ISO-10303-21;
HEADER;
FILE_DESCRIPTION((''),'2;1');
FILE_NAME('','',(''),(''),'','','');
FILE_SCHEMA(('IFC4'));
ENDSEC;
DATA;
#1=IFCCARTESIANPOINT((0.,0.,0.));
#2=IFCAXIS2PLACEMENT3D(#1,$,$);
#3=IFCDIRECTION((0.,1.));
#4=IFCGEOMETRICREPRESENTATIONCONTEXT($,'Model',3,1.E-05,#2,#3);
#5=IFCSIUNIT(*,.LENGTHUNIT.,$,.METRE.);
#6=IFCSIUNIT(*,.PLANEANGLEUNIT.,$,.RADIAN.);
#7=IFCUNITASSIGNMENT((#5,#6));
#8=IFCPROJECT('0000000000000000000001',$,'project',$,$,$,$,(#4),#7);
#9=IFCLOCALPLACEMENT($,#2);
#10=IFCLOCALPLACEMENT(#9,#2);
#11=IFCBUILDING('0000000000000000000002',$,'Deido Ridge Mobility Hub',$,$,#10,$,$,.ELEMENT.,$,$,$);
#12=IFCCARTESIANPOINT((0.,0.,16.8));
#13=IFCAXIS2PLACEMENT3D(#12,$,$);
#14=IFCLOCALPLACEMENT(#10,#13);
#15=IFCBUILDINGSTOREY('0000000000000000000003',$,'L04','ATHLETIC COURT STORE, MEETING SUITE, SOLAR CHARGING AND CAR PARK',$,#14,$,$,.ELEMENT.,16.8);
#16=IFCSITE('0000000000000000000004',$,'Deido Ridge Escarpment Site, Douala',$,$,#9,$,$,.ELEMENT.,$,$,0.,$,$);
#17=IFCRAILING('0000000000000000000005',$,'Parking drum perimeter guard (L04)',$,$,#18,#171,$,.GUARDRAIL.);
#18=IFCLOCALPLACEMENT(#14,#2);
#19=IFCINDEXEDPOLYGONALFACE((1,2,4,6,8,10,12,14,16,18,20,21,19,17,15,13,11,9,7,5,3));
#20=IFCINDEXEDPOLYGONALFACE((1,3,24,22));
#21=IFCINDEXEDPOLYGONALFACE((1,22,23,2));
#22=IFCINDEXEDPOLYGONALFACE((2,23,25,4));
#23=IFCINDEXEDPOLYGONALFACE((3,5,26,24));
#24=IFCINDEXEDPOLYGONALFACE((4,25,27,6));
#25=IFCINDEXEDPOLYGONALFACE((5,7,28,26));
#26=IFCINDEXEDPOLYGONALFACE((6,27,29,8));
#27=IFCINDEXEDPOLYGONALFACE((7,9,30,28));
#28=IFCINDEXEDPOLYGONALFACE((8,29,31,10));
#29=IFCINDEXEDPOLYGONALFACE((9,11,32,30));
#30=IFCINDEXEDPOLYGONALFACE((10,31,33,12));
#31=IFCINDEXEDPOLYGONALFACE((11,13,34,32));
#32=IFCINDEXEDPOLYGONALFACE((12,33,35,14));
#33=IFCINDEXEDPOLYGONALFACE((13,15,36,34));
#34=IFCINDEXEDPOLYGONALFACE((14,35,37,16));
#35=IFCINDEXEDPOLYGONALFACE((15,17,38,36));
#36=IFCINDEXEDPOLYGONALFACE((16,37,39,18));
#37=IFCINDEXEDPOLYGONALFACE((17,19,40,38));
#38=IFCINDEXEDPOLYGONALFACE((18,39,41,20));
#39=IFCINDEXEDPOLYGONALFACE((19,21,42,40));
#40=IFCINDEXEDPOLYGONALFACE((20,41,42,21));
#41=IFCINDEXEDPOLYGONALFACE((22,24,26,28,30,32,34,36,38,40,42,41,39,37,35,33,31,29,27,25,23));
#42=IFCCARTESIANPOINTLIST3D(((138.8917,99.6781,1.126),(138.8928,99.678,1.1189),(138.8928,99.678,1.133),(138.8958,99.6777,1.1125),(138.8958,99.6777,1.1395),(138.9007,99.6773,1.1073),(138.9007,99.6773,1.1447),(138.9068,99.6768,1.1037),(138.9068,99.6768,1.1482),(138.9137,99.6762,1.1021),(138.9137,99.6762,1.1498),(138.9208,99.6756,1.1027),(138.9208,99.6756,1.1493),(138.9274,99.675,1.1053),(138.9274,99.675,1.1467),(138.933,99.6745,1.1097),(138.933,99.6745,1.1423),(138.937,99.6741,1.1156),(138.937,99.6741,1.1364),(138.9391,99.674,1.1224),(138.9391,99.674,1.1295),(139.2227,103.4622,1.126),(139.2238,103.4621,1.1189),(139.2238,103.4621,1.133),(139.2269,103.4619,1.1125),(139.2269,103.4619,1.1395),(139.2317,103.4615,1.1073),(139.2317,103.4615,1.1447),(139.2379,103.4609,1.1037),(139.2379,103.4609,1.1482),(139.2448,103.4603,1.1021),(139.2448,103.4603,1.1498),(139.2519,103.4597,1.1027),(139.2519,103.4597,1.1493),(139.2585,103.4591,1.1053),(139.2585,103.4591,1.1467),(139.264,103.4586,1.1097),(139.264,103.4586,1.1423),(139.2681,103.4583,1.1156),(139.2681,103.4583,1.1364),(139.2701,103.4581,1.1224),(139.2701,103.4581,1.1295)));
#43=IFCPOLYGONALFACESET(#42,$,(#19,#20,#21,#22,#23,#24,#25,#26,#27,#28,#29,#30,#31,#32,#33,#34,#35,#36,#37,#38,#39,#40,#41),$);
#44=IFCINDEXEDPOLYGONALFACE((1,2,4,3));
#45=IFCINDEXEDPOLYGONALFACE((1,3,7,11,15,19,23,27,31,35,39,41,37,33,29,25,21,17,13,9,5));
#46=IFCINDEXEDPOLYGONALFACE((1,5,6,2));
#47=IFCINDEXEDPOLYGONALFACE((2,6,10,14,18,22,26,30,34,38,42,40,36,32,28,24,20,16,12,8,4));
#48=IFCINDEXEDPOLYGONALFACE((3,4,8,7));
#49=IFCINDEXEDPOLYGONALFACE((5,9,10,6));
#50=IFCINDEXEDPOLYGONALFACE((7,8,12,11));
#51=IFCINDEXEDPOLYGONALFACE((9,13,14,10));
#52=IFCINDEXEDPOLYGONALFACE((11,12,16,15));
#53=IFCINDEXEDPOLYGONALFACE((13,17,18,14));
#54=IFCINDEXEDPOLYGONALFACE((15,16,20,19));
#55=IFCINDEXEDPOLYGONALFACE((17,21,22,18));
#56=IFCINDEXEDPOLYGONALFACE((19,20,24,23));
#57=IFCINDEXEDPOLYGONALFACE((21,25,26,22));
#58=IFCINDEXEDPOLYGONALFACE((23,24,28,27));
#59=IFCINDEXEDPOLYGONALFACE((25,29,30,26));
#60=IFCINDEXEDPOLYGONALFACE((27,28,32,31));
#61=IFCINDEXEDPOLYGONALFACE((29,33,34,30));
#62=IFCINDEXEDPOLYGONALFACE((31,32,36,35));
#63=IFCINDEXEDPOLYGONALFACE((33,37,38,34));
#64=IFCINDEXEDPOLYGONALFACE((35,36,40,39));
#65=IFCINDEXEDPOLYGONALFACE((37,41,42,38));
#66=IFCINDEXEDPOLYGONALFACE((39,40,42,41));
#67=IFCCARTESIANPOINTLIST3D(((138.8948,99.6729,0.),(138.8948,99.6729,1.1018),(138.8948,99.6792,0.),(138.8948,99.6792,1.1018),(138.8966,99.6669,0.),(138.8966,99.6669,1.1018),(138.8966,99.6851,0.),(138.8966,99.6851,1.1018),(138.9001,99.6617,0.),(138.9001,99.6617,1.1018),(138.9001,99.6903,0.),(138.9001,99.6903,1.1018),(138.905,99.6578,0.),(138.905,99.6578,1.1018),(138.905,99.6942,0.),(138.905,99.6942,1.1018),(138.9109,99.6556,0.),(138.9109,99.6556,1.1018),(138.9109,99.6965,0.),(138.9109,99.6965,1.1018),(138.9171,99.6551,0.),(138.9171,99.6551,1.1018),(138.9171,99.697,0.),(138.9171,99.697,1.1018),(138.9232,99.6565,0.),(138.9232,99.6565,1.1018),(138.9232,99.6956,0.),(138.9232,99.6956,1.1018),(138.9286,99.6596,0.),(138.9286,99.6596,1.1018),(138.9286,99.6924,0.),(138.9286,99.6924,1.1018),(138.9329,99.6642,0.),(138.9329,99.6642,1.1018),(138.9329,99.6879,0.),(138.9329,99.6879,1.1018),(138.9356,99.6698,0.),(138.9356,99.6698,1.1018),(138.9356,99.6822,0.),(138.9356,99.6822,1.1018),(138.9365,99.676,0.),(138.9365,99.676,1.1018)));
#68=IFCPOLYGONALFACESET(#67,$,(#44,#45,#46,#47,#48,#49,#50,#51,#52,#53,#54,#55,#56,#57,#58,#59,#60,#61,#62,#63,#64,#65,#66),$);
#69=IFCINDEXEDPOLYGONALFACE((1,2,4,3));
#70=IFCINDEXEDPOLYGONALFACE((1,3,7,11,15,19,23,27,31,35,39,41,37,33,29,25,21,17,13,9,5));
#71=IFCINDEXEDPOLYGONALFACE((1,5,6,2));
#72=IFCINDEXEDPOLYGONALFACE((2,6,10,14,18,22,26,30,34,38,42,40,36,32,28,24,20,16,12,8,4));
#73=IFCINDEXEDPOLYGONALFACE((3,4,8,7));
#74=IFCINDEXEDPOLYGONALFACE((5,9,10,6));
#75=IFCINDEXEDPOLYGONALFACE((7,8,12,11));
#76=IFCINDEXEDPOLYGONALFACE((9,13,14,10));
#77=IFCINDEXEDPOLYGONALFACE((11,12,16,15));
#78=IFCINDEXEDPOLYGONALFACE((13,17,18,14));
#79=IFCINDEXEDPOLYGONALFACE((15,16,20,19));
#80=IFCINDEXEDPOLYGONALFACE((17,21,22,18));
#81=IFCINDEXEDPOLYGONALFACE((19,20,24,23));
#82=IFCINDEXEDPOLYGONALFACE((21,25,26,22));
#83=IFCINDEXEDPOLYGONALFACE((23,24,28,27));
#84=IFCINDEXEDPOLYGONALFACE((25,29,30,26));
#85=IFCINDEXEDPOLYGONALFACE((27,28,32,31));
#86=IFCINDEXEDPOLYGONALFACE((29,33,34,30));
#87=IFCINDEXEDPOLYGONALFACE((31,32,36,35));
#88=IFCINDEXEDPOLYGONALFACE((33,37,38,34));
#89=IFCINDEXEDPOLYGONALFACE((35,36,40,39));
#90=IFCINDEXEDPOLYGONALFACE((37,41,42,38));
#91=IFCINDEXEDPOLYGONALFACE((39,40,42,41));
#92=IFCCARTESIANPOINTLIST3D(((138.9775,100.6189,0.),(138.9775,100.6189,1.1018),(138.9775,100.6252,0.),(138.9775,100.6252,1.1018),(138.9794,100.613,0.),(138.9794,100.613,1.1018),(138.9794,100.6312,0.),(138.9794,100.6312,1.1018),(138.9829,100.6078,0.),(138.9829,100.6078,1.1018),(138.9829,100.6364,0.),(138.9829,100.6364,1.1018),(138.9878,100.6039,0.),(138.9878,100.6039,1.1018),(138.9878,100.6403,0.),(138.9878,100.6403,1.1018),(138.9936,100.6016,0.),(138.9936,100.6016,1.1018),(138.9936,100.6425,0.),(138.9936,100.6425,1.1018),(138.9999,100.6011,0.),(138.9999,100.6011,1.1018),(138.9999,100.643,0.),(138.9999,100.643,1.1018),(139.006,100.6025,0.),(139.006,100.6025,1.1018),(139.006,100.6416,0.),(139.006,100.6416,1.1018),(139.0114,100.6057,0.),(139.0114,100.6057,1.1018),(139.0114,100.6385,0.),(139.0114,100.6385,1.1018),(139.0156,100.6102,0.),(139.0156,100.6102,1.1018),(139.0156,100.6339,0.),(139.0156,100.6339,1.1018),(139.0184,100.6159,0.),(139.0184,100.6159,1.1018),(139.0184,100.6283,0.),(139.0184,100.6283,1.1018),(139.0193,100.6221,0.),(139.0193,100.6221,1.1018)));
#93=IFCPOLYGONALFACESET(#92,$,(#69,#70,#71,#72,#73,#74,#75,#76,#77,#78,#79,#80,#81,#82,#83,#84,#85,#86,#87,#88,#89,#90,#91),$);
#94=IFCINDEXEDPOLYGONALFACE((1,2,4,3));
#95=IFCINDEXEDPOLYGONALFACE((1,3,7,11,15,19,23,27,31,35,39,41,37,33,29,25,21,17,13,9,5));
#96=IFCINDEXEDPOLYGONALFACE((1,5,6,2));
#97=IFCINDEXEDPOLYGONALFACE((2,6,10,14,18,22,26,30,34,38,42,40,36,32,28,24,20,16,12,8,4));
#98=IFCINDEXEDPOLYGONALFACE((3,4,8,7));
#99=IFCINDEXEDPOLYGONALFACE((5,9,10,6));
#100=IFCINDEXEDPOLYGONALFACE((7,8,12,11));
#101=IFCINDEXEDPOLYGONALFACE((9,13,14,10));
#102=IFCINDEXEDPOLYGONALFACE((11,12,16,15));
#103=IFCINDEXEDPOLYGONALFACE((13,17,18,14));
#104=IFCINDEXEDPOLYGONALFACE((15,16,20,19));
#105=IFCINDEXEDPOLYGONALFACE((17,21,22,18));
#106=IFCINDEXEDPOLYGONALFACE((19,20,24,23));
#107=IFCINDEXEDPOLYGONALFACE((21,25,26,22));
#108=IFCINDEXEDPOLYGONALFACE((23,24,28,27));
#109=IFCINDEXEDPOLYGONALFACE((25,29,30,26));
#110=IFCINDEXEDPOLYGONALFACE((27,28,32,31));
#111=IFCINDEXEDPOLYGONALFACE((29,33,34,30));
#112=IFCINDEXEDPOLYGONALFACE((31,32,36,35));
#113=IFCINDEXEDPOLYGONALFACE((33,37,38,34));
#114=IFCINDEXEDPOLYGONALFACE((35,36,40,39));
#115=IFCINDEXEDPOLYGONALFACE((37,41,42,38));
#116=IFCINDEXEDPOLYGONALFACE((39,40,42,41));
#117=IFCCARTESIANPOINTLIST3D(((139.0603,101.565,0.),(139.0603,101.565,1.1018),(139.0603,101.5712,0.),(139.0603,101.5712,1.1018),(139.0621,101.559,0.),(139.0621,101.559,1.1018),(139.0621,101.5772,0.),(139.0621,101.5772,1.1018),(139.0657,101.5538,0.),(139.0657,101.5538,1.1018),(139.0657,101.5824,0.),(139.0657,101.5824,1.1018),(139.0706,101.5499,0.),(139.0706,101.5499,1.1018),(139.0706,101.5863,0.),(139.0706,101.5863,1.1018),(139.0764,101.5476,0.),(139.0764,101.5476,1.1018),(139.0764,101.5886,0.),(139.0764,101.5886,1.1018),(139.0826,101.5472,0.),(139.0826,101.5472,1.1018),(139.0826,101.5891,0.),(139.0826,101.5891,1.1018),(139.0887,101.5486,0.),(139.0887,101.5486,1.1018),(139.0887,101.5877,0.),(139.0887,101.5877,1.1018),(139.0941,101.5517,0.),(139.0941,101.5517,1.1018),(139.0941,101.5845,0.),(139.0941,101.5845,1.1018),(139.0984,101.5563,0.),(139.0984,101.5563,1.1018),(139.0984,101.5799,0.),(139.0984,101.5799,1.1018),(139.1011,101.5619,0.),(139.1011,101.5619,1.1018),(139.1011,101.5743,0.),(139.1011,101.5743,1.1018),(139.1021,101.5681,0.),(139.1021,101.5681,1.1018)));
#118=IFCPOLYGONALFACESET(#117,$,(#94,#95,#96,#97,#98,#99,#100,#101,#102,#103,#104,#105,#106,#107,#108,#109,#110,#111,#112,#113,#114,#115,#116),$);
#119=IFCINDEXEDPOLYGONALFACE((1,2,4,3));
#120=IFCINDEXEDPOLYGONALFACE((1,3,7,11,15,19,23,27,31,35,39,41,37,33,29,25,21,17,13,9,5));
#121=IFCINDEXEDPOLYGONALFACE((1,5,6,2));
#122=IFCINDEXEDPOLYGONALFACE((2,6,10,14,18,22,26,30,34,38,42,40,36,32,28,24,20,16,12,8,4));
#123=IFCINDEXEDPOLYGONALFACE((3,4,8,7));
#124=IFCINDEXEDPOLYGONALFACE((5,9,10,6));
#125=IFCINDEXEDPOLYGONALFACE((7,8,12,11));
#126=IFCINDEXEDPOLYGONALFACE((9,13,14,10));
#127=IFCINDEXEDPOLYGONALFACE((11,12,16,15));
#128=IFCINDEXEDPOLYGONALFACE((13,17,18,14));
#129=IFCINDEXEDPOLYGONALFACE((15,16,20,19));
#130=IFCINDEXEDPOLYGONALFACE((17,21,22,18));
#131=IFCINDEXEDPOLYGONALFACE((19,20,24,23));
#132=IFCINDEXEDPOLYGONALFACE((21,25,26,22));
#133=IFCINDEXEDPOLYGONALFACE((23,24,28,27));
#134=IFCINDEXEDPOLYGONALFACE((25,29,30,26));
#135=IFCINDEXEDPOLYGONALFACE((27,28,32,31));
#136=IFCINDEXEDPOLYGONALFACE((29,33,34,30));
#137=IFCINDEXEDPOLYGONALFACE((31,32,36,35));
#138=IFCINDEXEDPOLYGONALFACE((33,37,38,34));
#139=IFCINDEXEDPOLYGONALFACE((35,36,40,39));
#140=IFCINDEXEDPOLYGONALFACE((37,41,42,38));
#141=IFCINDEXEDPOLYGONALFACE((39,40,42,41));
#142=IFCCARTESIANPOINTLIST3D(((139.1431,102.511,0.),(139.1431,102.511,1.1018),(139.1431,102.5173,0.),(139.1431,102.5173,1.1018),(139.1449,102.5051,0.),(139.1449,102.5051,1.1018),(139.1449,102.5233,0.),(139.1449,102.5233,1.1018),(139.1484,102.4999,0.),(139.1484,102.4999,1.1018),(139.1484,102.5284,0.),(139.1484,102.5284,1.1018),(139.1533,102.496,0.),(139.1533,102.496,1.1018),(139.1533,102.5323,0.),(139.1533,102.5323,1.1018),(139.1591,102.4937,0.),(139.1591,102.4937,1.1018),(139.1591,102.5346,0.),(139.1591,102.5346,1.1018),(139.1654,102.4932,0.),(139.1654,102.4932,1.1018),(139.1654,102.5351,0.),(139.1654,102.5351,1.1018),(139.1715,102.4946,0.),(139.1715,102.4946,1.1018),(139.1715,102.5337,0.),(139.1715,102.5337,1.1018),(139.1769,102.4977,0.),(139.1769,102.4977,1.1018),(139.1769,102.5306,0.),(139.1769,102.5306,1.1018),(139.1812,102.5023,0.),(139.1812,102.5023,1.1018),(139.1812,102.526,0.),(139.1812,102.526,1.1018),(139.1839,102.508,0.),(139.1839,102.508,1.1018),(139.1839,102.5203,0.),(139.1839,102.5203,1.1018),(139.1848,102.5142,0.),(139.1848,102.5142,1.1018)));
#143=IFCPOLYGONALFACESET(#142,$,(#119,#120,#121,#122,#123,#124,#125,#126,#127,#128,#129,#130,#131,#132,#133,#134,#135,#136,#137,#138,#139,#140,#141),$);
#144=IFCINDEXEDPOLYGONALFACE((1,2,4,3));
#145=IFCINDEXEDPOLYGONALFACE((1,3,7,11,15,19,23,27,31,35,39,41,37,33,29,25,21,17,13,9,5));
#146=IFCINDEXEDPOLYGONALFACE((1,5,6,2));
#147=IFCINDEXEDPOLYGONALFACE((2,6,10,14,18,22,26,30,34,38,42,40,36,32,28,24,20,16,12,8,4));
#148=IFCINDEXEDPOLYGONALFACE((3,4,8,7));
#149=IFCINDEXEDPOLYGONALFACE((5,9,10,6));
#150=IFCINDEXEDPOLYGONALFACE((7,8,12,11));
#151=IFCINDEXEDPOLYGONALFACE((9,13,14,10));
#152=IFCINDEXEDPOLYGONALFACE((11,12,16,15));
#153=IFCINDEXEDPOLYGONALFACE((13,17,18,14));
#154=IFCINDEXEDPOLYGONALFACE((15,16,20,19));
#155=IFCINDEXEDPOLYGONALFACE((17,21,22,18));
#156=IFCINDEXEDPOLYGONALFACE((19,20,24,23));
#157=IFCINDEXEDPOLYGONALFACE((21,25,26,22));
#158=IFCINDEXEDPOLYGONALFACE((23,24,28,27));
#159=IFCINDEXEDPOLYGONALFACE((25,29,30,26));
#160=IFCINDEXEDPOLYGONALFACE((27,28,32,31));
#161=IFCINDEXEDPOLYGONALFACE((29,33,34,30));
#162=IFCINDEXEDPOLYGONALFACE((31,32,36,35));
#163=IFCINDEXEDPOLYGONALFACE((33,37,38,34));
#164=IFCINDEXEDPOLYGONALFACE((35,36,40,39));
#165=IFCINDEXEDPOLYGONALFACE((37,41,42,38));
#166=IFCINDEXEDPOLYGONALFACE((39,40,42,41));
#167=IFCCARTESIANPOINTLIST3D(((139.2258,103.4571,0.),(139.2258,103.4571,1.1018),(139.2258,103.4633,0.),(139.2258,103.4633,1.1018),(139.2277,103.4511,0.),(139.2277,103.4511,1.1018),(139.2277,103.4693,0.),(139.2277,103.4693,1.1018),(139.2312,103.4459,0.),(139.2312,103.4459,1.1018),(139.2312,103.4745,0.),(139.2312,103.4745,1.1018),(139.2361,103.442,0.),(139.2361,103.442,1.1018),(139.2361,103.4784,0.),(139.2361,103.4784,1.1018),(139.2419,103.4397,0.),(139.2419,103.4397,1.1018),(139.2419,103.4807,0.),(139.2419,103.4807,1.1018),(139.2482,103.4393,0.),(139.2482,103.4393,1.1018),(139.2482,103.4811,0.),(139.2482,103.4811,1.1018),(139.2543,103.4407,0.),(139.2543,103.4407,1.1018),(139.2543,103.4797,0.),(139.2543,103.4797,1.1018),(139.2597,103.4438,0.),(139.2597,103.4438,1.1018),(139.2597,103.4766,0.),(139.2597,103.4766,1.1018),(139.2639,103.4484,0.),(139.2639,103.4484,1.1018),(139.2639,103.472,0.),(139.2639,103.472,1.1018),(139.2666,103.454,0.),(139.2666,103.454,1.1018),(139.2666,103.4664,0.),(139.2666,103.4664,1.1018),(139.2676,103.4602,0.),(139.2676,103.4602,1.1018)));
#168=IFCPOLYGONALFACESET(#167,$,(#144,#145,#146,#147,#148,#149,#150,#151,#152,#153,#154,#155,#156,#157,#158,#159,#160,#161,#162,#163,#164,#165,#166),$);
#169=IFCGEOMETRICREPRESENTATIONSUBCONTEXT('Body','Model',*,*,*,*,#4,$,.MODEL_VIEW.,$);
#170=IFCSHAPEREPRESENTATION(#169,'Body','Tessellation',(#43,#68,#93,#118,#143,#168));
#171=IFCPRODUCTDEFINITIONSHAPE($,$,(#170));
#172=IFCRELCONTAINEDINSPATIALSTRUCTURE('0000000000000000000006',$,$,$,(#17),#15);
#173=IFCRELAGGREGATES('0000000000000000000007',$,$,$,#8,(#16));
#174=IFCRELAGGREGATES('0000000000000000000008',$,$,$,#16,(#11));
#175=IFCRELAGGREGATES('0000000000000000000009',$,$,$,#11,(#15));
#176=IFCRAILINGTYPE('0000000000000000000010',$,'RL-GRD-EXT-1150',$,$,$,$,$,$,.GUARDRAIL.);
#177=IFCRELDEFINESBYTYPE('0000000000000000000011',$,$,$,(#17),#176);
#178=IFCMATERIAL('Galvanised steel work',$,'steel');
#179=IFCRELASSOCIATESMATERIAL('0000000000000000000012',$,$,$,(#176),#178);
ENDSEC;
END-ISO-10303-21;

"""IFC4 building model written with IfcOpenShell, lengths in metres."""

from ifc_helpers import new_model, si_unit, direction, frame, origin, origin_2d, place, context, subcontext, project, spatial, circle, extrude, material, type_object, element, save


model = new_model("IFC4")

# Units and contexts
model_context = context("Model", 3, precision=1e-05, world=origin(), true_north=direction((0.0, 1.0)))
body_context = subcontext(model_context, "Body", "Model", "MODEL_VIEW")
ifc_project = project(units=[si_unit("LENGTHUNIT", "METRE"), si_unit("PLANEANGLEUNIT", "RADIAN")], contexts=[model_context])

# Site, building, storey
site_placement = place(None, origin())
site = spatial("IfcSite", under=ifc_project, at=site_placement, Name="Deido Ridge Escarpment Site, Douala", CompositionType="ELEMENT", RefElevation=0.0)
building_placement = place(site_placement, origin())
building = spatial("IfcBuilding", under=site, at=building_placement, Name="Deido Ridge Mobility Hub", CompositionType="ELEMENT")
storey_placement = place(building_placement, frame((0.0, 0.0, 16.8)))
storey = spatial("IfcBuildingStorey", under=building, at=storey_placement, Name="L04", Description="ATHLETIC COURT STORE, MEETING SUITE, SOLAR CHARGING AND CAR PARK", CompositionType="ELEMENT", Elevation=16.8)

# Railing
ifc_material_1 = material(Name="Galvanised steel work", Category="steel")
railing_type = type_object("IfcRailingType", Name="RL-GRD-EXT-1150", PredefinedType="GUARDRAIL", material=ifc_material_1)
railing_1_placement = place(storey_placement, frame((138.9155, 99.676, 0.0)))
element("IfcRailing", 1, at=railing_1_placement, inside=storey, type_object=railing_type, Name="Parking drum perimeter guard (L04)", PredefinedType="GUARDRAIL", context=body_context, shape_type="SweptSolid", body=[
    extrude(circle(Radius=0.0239, at=origin_2d()), frame((0.0, 0.0, 1.126), z_axis=(0.087151, 0.996195, 0.0), x_axis=(-0.996195, 0.087151, 0.0)), (0.0, 0.0, 1.0), 3.7986),
    extrude(circle(Radius=0.021, at=origin_2d()), origin(), (0.0, 0.0, 1.0), 1.1018),
    extrude(circle(Radius=0.021, at=origin_2d()), frame((0.0828, 0.946, 0.0)), (0.0, 0.0, 1.0), 1.1018),
    extrude(circle(Radius=0.021, at=origin_2d()), frame((0.1655, 1.8921, 0.0)), (0.0, 0.0, 1.0), 1.1018),
    extrude(circle(Radius=0.021, at=origin_2d()), frame((0.2483, 2.8381, 0.0)), (0.0, 0.0, 1.0), 1.1018),
    extrude(circle(Radius=0.021, at=origin_2d()), frame((0.3311, 3.7842, 0.0)), (0.0, 0.0, 1.0), 1.1018),
])

save(model, "model.ifc")
